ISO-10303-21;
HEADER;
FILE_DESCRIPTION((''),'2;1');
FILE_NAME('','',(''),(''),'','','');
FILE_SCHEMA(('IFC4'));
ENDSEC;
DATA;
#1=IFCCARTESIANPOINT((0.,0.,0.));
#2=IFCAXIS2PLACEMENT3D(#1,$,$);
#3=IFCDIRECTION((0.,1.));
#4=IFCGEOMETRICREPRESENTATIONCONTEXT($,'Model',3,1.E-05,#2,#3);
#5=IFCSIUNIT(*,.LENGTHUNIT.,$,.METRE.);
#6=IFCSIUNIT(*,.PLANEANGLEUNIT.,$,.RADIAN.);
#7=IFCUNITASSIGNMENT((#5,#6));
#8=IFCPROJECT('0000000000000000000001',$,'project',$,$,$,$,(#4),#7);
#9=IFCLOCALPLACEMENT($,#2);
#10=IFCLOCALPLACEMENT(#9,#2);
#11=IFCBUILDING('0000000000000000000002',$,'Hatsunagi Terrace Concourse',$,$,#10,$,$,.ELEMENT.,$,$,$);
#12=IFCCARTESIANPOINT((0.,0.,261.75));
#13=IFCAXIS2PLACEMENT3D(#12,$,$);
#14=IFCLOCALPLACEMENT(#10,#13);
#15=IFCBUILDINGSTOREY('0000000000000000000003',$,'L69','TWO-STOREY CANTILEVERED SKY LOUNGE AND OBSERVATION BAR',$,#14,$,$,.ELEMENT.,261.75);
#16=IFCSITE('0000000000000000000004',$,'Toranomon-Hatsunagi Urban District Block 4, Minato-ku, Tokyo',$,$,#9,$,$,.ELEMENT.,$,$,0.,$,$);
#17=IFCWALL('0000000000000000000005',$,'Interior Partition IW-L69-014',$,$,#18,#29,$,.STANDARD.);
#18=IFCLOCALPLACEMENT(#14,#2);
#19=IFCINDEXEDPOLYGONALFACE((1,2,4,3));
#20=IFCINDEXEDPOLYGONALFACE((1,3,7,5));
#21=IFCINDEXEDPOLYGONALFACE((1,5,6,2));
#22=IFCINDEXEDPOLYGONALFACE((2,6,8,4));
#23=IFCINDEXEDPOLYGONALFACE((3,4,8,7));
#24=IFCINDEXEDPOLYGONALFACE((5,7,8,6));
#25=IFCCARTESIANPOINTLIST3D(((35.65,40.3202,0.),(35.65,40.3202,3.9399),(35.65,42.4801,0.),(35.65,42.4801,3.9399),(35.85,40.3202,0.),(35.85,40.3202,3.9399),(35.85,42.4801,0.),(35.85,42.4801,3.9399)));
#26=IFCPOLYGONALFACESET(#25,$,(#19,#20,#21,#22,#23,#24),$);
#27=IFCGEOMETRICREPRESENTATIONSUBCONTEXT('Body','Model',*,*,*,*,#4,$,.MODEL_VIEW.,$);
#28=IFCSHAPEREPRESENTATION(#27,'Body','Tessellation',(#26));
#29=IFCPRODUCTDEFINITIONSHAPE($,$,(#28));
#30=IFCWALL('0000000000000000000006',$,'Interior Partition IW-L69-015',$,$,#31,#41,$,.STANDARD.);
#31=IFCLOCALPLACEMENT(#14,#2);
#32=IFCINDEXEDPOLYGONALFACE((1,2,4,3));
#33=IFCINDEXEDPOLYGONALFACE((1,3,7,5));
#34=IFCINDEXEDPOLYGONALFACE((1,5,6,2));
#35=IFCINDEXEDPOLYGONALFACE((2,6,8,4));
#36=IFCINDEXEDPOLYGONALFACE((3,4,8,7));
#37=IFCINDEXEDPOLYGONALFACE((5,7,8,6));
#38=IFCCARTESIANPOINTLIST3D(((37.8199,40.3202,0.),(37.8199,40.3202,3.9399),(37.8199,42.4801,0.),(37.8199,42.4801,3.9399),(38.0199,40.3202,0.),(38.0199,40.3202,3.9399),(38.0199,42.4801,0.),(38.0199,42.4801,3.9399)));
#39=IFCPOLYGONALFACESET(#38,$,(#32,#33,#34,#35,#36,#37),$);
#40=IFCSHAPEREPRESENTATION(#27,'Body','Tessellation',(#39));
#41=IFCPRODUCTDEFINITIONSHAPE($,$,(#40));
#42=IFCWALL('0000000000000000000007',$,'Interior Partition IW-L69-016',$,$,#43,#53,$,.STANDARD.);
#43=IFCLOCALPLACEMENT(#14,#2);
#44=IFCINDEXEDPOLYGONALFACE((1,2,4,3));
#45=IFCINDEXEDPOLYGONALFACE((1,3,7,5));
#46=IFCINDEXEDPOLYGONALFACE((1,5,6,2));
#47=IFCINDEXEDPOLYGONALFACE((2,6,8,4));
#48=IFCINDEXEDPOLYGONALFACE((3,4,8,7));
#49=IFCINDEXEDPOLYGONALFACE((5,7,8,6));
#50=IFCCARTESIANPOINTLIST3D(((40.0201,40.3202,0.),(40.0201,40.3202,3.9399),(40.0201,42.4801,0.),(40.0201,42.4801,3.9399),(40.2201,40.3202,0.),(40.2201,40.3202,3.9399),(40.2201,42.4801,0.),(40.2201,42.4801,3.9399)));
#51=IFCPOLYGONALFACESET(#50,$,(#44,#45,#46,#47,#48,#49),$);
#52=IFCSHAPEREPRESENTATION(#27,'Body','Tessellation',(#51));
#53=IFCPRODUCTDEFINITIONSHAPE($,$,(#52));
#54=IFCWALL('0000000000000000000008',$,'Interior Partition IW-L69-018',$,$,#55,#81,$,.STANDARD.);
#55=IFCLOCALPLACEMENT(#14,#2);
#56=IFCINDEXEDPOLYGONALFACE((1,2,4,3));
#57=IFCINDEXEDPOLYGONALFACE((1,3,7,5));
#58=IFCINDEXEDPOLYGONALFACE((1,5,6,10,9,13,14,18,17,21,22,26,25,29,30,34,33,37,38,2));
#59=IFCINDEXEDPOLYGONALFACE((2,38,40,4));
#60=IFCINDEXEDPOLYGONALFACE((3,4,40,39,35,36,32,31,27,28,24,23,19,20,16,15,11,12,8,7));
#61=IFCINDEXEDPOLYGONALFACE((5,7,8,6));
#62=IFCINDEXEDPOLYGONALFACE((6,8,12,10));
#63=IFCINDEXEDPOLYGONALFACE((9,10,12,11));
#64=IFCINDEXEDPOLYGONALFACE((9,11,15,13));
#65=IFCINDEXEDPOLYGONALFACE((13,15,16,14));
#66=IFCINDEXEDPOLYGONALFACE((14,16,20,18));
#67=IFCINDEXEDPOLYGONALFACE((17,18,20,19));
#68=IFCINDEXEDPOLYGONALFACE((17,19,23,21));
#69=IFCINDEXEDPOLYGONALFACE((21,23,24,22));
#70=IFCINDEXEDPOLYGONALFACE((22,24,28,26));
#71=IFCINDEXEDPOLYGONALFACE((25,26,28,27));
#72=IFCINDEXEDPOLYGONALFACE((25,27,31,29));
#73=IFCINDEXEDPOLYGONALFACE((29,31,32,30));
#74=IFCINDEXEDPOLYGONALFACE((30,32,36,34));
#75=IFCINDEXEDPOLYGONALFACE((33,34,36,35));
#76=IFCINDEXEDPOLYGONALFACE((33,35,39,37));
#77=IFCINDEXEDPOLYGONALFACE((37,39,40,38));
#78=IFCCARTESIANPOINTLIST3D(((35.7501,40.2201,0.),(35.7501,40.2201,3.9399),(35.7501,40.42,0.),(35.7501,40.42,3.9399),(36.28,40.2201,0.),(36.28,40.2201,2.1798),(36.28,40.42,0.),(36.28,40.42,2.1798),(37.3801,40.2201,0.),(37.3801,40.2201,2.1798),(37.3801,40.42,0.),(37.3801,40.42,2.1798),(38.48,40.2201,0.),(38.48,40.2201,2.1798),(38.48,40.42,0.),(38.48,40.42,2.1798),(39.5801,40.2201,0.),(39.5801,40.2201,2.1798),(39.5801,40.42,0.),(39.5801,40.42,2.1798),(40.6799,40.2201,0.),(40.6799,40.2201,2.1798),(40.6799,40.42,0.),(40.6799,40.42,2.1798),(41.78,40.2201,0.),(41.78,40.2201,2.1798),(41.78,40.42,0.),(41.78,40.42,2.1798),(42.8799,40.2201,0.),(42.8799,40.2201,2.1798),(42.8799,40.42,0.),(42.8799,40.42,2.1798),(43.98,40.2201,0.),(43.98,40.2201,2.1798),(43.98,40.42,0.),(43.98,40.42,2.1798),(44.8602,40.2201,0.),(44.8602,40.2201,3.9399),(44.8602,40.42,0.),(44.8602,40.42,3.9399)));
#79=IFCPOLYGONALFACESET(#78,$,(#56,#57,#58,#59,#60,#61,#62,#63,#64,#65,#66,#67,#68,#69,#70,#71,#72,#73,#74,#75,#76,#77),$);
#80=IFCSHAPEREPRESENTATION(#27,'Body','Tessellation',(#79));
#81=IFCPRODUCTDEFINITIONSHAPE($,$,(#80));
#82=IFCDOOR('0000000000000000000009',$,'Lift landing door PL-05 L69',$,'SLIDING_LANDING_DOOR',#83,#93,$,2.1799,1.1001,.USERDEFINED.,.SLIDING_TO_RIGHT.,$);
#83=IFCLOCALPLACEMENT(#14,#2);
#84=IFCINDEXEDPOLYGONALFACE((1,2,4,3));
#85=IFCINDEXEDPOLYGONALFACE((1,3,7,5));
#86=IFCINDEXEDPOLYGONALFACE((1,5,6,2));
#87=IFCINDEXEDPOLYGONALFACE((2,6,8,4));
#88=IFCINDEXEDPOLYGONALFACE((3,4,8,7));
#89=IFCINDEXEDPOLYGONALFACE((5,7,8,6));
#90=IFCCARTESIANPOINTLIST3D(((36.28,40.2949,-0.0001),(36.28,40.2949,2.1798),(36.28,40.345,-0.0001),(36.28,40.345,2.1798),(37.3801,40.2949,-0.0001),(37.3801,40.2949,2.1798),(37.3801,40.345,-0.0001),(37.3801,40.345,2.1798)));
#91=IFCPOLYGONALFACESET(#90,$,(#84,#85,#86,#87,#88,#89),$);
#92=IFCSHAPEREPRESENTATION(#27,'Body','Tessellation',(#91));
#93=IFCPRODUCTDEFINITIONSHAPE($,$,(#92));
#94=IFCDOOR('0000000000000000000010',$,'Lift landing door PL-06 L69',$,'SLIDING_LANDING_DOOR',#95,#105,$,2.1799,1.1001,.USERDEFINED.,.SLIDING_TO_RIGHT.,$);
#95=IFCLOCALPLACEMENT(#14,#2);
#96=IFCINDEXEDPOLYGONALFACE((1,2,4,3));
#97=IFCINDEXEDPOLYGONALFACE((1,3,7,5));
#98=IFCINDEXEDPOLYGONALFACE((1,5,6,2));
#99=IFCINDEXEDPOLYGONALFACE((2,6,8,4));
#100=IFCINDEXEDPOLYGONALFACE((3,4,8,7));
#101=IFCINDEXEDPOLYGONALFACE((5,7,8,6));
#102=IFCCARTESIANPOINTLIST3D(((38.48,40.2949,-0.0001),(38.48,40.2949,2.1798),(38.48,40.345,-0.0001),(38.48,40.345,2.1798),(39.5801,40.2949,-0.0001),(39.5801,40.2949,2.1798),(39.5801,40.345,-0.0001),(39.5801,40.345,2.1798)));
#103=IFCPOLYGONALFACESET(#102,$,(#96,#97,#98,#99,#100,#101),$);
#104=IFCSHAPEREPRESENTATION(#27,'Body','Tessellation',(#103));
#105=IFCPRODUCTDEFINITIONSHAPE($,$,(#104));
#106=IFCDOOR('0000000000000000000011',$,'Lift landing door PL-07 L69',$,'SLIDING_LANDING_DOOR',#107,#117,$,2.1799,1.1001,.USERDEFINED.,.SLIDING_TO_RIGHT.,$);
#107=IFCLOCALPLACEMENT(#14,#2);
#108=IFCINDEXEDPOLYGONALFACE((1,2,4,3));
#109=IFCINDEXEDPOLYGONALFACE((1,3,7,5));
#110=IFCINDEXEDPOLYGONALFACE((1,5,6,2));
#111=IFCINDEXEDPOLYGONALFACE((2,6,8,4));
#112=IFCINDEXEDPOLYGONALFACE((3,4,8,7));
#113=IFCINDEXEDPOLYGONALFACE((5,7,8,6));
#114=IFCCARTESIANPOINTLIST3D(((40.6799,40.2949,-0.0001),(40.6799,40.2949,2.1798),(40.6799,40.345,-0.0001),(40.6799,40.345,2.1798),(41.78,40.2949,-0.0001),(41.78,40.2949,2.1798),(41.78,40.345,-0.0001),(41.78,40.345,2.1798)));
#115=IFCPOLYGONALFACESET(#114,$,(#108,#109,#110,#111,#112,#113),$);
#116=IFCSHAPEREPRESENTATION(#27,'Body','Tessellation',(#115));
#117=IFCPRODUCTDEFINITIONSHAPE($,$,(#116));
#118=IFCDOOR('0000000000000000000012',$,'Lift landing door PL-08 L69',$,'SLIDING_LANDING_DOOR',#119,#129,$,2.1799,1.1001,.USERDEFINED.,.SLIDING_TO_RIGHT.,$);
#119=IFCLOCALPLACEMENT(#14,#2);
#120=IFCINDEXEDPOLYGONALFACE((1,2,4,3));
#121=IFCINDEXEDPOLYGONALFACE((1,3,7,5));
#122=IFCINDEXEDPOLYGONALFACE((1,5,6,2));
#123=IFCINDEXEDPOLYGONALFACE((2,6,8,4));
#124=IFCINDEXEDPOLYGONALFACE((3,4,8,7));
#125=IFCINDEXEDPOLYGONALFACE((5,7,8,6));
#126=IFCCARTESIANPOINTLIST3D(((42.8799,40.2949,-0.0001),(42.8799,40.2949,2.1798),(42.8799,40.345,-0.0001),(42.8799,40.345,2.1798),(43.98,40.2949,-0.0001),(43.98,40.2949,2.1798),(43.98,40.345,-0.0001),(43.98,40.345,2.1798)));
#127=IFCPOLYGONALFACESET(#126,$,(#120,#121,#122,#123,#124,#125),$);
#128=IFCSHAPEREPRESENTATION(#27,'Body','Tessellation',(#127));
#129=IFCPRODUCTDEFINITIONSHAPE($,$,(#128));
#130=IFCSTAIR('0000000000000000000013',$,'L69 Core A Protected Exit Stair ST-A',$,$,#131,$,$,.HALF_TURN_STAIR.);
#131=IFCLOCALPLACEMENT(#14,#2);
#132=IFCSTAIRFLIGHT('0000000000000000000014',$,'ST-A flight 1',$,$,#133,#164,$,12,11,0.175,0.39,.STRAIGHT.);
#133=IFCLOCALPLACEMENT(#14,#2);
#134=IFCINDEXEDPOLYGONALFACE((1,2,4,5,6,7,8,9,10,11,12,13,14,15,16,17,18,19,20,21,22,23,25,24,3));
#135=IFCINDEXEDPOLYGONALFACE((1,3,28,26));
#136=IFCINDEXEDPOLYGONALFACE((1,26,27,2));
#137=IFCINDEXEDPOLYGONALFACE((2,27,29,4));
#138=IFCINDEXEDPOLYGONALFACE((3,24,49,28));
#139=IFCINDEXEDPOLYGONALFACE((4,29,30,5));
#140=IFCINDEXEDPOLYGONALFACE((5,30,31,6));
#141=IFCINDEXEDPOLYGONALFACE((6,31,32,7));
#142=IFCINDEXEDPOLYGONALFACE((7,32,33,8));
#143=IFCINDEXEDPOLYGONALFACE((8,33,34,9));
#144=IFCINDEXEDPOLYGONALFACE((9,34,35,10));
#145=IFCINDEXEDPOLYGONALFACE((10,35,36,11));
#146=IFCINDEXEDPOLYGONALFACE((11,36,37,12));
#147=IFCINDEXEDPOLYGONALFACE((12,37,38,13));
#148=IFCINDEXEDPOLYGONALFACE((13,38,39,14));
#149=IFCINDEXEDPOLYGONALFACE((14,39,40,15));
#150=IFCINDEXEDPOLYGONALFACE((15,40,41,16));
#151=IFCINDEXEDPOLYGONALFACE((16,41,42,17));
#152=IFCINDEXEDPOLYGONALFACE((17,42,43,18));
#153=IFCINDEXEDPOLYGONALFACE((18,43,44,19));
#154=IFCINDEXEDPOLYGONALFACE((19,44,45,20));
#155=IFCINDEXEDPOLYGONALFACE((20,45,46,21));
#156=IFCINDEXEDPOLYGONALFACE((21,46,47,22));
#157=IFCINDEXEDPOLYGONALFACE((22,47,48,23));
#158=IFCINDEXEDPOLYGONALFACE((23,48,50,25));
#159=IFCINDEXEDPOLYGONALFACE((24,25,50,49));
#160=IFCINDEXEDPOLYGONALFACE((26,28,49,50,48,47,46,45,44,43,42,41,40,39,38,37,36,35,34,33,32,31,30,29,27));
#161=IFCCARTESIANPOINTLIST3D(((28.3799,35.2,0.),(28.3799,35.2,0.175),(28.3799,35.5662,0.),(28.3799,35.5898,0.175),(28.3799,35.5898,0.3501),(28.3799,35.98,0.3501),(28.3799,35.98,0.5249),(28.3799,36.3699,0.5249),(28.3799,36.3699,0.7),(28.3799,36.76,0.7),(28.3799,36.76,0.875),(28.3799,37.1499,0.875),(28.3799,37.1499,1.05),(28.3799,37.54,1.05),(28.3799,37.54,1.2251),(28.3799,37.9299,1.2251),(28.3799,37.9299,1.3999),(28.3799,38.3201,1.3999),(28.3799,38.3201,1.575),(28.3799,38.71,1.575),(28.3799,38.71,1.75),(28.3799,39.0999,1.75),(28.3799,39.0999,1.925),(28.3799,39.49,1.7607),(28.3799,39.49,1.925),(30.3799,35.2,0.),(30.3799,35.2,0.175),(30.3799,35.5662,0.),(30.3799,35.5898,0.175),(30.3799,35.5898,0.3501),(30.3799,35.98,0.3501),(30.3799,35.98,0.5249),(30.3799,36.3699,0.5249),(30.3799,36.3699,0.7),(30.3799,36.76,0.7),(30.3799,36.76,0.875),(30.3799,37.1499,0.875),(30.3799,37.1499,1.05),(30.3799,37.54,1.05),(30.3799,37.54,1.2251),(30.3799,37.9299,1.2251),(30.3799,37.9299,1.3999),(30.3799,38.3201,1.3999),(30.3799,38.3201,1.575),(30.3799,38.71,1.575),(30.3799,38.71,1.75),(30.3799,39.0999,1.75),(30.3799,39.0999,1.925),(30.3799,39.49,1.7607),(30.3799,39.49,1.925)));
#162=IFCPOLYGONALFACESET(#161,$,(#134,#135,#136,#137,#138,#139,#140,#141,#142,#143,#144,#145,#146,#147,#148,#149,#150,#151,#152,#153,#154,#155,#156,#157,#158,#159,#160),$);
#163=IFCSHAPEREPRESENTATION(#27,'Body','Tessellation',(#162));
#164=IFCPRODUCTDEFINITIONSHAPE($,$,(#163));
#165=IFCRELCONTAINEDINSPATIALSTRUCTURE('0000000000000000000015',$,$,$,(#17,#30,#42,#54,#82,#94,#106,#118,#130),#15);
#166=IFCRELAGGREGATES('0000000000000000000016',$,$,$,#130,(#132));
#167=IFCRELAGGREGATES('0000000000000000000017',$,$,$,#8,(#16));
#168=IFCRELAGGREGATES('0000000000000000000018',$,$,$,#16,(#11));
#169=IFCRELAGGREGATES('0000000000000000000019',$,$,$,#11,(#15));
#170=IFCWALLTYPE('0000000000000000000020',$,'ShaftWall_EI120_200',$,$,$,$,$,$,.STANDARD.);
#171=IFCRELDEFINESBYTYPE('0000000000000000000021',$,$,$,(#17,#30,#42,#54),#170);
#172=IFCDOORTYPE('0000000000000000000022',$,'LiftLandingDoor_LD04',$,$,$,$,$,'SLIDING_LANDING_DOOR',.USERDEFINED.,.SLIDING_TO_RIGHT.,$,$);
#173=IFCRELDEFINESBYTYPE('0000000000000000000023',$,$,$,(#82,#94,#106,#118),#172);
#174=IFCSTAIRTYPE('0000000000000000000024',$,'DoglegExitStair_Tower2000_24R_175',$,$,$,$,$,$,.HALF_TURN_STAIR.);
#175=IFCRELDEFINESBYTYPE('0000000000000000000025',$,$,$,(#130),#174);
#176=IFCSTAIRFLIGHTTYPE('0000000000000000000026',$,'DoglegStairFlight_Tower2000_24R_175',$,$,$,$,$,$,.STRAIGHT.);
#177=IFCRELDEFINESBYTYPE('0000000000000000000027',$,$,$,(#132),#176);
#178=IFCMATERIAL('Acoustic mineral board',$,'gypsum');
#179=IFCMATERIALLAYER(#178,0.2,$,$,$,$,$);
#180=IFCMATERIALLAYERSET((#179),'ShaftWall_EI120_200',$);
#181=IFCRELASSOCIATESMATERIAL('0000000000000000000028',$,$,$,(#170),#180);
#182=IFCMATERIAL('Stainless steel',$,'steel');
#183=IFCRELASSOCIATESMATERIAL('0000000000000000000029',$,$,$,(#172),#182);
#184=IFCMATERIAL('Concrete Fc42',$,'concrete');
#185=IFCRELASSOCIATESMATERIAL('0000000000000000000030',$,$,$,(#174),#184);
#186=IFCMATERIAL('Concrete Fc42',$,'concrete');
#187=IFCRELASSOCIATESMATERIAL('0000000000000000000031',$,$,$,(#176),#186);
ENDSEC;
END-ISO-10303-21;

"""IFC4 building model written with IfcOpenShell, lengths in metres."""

from ifc_helpers import new_model, si_unit, direction, frame, frame_2d, origin, place, context, subcontext, project, spatial, polyline, rectangle, outline, extrude, material, layer, layer_set, type_object, element, fill, aggregate, save


model = new_model("IFC4")

# Units and contexts
model_context = context("Model", 3, precision=1e-05, world=origin(), true_north=direction((0.0, 1.0)))
body_context = subcontext(model_context, "Body", "Model", "MODEL_VIEW")
ifc_project = project(units=[si_unit("LENGTHUNIT", "METRE"), si_unit("PLANEANGLEUNIT", "RADIAN")], contexts=[model_context])

# Site, building, storey
site_placement = place(None, origin())
site = spatial("IfcSite", under=ifc_project, at=site_placement, Name="Toranomon-Hatsunagi Urban District Block 4, Minato-ku, Tokyo", CompositionType="ELEMENT", RefElevation=0.0)
building_placement = place(site_placement, origin())
building = spatial("IfcBuilding", under=site, at=building_placement, Name="Hatsunagi Terrace Concourse", CompositionType="ELEMENT")
storey_placement = place(building_placement, frame((0.0, 0.0, 261.75)))
storey = spatial("IfcBuildingStorey", under=building, at=storey_placement, Name="L69", Description="TWO-STOREY CANTILEVERED SKY LOUNGE AND OBSERVATION BAR", CompositionType="ELEMENT", Elevation=261.75)

# Walls
ifc_material_1 = material(Name="Acoustic mineral board", Category="gypsum")
ifc_layer_1 = layer(ifc_material_1, 0.2)
ifc_layer_set_1 = layer_set([ifc_layer_1], Name="ShaftWall_EI120_200")
wall_type_1 = type_object("IfcWallType", Name="ShaftWall_EI120_200", PredefinedType="STANDARD", material=ifc_layer_set_1)
for number, where, z_axis, x_axis, name in (
    (1, (35.75, 40.3201, 0.0), (0.0, 0.0, 1.0), (0.0, 1.0, 0.0), "Interior Partition IW-L69-014"),
    (2, (37.9199, 40.3201, 0.0), (0.0, 0.0, 1.0), (0.0, 1.0, 0.0), "Interior Partition IW-L69-015"),
    (3, (40.1201, 40.3201, 0.0), (0.0, 0.0, 1.0), (0.0, 1.0, 0.0), "Interior Partition IW-L69-016"),
):
    element("IfcWall", number, at=place(storey_placement, frame(where, z_axis=z_axis, x_axis=x_axis)), inside=storey, type_object=wall_type_1, Name=name, PredefinedType="STANDARD", context=body_context, shape_type="SweptSolid", body=[
        extrude(rectangle(XDim=2.1599, YDim=0.2, at=frame_2d((1.0801, 0.0))), origin(), (0.0, 0.0, 1.0), 3.9399),
    ])

# Wall, openings, doors
wall_1_placement = place(storey_placement, frame((35.75, 40.3201, 0.0), z_axis=(0.0, 0.0, 1.0), x_axis=(1.0, 0.0, 0.0)))
wall_1 = element("IfcWall", 4, at=wall_1_placement, inside=storey, type_object=wall_type_1, Name="Interior Partition IW-L69-018", PredefinedType="STANDARD", context=body_context, shape_type="SweptSolid", body=[
    extrude(rectangle(XDim=9.1101, YDim=0.2, at=frame_2d((4.5552, 0.0))), origin(), (0.0, 0.0, 1.0), 3.9399),
])
opening_1_placement = place(wall_1_placement, frame((0.53, 0.0, 0.0)))
opening_1 = element("IfcOpeningElement", 5, at=opening_1_placement, cuts=wall_1, PredefinedType="OPENING", context=body_context, shape_type="SweptSolid", body=[
    extrude(rectangle(XDim=1.1001, YDim=2.1799, at=frame_2d((0.55, 1.0898))), frame((0.0, 0.1099, 0.0), z_axis=(0.0, -1.0, 0.0), x_axis=(1.0, 0.0, 0.0)), (0.0, 0.0, 1.0), 0.22),
])
opening_2_placement = place(wall_1_placement, frame((2.73, 0.0, 0.0)))
opening_2 = element("IfcOpeningElement", 6, at=opening_2_placement, cuts=wall_1, PredefinedType="OPENING", context=body_context, shape_type="SweptSolid", body=[
    extrude(rectangle(XDim=1.1001, YDim=2.1799, at=frame_2d((0.55, 1.0898))), frame((0.0, 0.1099, 0.0), z_axis=(0.0, -1.0, 0.0), x_axis=(1.0, 0.0, 0.0)), (0.0, 0.0, 1.0), 0.22),
])
opening_3_placement = place(wall_1_placement, frame((4.9299, 0.0, 0.0)))
opening_3 = element("IfcOpeningElement", 7, at=opening_3_placement, cuts=wall_1, PredefinedType="OPENING", context=body_context, shape_type="SweptSolid", body=[
    extrude(rectangle(XDim=1.1001, YDim=2.1799, at=frame_2d((0.55, 1.0898))), frame((0.0, 0.1099, 0.0), z_axis=(0.0, -1.0, 0.0), x_axis=(1.0, 0.0, 0.0)), (0.0, 0.0, 1.0), 0.22),
])
opening_4_placement = place(wall_1_placement, frame((7.1299, 0.0, 0.0)))
opening_4 = element("IfcOpeningElement", 8, at=opening_4_placement, cuts=wall_1, PredefinedType="OPENING", context=body_context, shape_type="SweptSolid", body=[
    extrude(rectangle(XDim=1.1001, YDim=2.1799, at=frame_2d((0.55, 1.0898))), frame((0.0, 0.1099, 0.0), z_axis=(0.0, -1.0, 0.0), x_axis=(1.0, 0.0, 0.0)), (0.0, 0.0, 1.0), 0.22),
])
ifc_material_2 = material(Name="Stainless steel", Category="steel")
door_type_1 = type_object("IfcDoorType", Name="LiftLandingDoor_LD04", ElementType="SLIDING_LANDING_DOOR", OperationType="SLIDING_TO_RIGHT", PredefinedType="USERDEFINED", material=ifc_material_2)
door_1_placement = place(opening_1_placement, origin())
door_1 = element("IfcDoor", 9, at=door_1_placement, inside=storey, type_object=door_type_1, Name="Lift landing door PL-05 L69", ObjectType="SLIDING_LANDING_DOOR", OperationType="SLIDING_TO_RIGHT", OverallHeight=2.1799, OverallWidth=1.1001, PredefinedType="USERDEFINED", context=body_context, shape_type="SweptSolid", body=[
    extrude(rectangle(XDim=1.1001, YDim=2.1799, at=frame_2d((0.55, 1.0898))), frame((0.0, 0.0249, 0.0), z_axis=(0.0, -1.0, 0.0), x_axis=(1.0, 0.0, 0.0)), (0.0, 0.0, 1.0), 0.05),
])
fill(opening_1, door_1)
door_2_placement = place(opening_2_placement, origin())
door_2 = element("IfcDoor", 10, at=door_2_placement, inside=storey, type_object=door_type_1, Name="Lift landing door PL-06 L69", ObjectType="SLIDING_LANDING_DOOR", OperationType="SLIDING_TO_RIGHT", OverallHeight=2.1799, OverallWidth=1.1001, PredefinedType="USERDEFINED", context=body_context, shape_type="SweptSolid", body=[
    extrude(rectangle(XDim=1.1001, YDim=2.1799, at=frame_2d((0.55, 1.0898))), frame((0.0, 0.0249, 0.0), z_axis=(0.0, -1.0, 0.0), x_axis=(1.0, 0.0, 0.0)), (0.0, 0.0, 1.0), 0.05),
])
fill(opening_2, door_2)
door_3_placement = place(opening_3_placement, origin())
door_3 = element("IfcDoor", 11, at=door_3_placement, inside=storey, type_object=door_type_1, Name="Lift landing door PL-07 L69", ObjectType="SLIDING_LANDING_DOOR", OperationType="SLIDING_TO_RIGHT", OverallHeight=2.1799, OverallWidth=1.1001, PredefinedType="USERDEFINED", context=body_context, shape_type="SweptSolid", body=[
    extrude(rectangle(XDim=1.1001, YDim=2.1799, at=frame_2d((0.55, 1.0898))), frame((0.0, 0.0249, 0.0), z_axis=(0.0, -1.0, 0.0), x_axis=(1.0, 0.0, 0.0)), (0.0, 0.0, 1.0), 0.05),
])
fill(opening_3, door_3)
door_4_placement = place(opening_4_placement, origin())
door_4 = element("IfcDoor", 12, at=door_4_placement, inside=storey, type_object=door_type_1, Name="Lift landing door PL-08 L69", ObjectType="SLIDING_LANDING_DOOR", OperationType="SLIDING_TO_RIGHT", OverallHeight=2.1799, OverallWidth=1.1001, PredefinedType="USERDEFINED", context=body_context, shape_type="SweptSolid", body=[
    extrude(rectangle(XDim=1.1001, YDim=2.1799, at=frame_2d((0.55, 1.0898))), frame((0.0, 0.0249, 0.0), z_axis=(0.0, -1.0, 0.0), x_axis=(1.0, 0.0, 0.0)), (0.0, 0.0, 1.0), 0.05),
])
fill(opening_4, door_4)

# Stair, stair flight
ifc_material_3 = material(Name="Concrete Fc42", Category="concrete")
stair_type = type_object("IfcStairType", Name="DoglegExitStair_Tower2000_24R_175", PredefinedType="HALF_TURN_STAIR", material=ifc_material_3)
stair_placement = place(storey_placement, origin())
stair = element("IfcStair", 13, at=stair_placement, inside=storey, type_object=stair_type, Name="L69 Core A Protected Exit Stair ST-A", PredefinedType="HALF_TURN_STAIR")
ifc_material_4 = material(Name="Concrete Fc42", Category="concrete")
stair_flight_type = type_object("IfcStairFlightType", Name="DoglegStairFlight_Tower2000_24R_175", PredefinedType="STRAIGHT", material=ifc_material_4)
stair_flight_placement = place(storey_placement, frame((29.3799, 35.2, 0.0), z_axis=(0.0, 0.0, 1.0), x_axis=(0.0, 1.0, 0.0)))
stair_flight = element("IfcStairFlight", 14, at=stair_flight_placement, type_object=stair_flight_type, Name="ST-A flight 1", NumberOfRisers=12, NumberOfTreads=11, PredefinedType="STRAIGHT", RiserHeight=0.175, TreadLength=0.39, context=body_context, shape_type="SweptSolid", body=[
    extrude(outline(polyline([(0.0, 0.0), (0.0, 0.175), (0.3899, 0.175), (0.3899, 0.3501), (0.78, 0.3501), (0.78, 0.5249), (1.1699, 0.5249), (1.1699, 0.7), (1.5601, 0.7), (1.5601, 0.875), (1.95, 0.875), (1.95, 1.05), (2.3401, 1.05), (2.3401, 1.2251), (2.73, 1.2251), (2.73, 1.3999), (3.1201, 1.3999), (3.1201, 1.575), (3.51, 1.575), (3.51, 1.75), (3.8999, 1.75), (3.8999, 1.925), (4.29, 1.925), (4.29, 2.1001), (4.29, 1.7607), (0.3662, 0.0), (0.0, 0.0)])), frame((0.0, 1.0, 0.0), z_axis=(0.0, -1.0, 0.0), x_axis=(1.0, 0.0, 0.0)), (0.0, 0.0, 1.0), 2.0),
])
aggregate(stair, [stair_flight])

save(model, "model.ifc")
